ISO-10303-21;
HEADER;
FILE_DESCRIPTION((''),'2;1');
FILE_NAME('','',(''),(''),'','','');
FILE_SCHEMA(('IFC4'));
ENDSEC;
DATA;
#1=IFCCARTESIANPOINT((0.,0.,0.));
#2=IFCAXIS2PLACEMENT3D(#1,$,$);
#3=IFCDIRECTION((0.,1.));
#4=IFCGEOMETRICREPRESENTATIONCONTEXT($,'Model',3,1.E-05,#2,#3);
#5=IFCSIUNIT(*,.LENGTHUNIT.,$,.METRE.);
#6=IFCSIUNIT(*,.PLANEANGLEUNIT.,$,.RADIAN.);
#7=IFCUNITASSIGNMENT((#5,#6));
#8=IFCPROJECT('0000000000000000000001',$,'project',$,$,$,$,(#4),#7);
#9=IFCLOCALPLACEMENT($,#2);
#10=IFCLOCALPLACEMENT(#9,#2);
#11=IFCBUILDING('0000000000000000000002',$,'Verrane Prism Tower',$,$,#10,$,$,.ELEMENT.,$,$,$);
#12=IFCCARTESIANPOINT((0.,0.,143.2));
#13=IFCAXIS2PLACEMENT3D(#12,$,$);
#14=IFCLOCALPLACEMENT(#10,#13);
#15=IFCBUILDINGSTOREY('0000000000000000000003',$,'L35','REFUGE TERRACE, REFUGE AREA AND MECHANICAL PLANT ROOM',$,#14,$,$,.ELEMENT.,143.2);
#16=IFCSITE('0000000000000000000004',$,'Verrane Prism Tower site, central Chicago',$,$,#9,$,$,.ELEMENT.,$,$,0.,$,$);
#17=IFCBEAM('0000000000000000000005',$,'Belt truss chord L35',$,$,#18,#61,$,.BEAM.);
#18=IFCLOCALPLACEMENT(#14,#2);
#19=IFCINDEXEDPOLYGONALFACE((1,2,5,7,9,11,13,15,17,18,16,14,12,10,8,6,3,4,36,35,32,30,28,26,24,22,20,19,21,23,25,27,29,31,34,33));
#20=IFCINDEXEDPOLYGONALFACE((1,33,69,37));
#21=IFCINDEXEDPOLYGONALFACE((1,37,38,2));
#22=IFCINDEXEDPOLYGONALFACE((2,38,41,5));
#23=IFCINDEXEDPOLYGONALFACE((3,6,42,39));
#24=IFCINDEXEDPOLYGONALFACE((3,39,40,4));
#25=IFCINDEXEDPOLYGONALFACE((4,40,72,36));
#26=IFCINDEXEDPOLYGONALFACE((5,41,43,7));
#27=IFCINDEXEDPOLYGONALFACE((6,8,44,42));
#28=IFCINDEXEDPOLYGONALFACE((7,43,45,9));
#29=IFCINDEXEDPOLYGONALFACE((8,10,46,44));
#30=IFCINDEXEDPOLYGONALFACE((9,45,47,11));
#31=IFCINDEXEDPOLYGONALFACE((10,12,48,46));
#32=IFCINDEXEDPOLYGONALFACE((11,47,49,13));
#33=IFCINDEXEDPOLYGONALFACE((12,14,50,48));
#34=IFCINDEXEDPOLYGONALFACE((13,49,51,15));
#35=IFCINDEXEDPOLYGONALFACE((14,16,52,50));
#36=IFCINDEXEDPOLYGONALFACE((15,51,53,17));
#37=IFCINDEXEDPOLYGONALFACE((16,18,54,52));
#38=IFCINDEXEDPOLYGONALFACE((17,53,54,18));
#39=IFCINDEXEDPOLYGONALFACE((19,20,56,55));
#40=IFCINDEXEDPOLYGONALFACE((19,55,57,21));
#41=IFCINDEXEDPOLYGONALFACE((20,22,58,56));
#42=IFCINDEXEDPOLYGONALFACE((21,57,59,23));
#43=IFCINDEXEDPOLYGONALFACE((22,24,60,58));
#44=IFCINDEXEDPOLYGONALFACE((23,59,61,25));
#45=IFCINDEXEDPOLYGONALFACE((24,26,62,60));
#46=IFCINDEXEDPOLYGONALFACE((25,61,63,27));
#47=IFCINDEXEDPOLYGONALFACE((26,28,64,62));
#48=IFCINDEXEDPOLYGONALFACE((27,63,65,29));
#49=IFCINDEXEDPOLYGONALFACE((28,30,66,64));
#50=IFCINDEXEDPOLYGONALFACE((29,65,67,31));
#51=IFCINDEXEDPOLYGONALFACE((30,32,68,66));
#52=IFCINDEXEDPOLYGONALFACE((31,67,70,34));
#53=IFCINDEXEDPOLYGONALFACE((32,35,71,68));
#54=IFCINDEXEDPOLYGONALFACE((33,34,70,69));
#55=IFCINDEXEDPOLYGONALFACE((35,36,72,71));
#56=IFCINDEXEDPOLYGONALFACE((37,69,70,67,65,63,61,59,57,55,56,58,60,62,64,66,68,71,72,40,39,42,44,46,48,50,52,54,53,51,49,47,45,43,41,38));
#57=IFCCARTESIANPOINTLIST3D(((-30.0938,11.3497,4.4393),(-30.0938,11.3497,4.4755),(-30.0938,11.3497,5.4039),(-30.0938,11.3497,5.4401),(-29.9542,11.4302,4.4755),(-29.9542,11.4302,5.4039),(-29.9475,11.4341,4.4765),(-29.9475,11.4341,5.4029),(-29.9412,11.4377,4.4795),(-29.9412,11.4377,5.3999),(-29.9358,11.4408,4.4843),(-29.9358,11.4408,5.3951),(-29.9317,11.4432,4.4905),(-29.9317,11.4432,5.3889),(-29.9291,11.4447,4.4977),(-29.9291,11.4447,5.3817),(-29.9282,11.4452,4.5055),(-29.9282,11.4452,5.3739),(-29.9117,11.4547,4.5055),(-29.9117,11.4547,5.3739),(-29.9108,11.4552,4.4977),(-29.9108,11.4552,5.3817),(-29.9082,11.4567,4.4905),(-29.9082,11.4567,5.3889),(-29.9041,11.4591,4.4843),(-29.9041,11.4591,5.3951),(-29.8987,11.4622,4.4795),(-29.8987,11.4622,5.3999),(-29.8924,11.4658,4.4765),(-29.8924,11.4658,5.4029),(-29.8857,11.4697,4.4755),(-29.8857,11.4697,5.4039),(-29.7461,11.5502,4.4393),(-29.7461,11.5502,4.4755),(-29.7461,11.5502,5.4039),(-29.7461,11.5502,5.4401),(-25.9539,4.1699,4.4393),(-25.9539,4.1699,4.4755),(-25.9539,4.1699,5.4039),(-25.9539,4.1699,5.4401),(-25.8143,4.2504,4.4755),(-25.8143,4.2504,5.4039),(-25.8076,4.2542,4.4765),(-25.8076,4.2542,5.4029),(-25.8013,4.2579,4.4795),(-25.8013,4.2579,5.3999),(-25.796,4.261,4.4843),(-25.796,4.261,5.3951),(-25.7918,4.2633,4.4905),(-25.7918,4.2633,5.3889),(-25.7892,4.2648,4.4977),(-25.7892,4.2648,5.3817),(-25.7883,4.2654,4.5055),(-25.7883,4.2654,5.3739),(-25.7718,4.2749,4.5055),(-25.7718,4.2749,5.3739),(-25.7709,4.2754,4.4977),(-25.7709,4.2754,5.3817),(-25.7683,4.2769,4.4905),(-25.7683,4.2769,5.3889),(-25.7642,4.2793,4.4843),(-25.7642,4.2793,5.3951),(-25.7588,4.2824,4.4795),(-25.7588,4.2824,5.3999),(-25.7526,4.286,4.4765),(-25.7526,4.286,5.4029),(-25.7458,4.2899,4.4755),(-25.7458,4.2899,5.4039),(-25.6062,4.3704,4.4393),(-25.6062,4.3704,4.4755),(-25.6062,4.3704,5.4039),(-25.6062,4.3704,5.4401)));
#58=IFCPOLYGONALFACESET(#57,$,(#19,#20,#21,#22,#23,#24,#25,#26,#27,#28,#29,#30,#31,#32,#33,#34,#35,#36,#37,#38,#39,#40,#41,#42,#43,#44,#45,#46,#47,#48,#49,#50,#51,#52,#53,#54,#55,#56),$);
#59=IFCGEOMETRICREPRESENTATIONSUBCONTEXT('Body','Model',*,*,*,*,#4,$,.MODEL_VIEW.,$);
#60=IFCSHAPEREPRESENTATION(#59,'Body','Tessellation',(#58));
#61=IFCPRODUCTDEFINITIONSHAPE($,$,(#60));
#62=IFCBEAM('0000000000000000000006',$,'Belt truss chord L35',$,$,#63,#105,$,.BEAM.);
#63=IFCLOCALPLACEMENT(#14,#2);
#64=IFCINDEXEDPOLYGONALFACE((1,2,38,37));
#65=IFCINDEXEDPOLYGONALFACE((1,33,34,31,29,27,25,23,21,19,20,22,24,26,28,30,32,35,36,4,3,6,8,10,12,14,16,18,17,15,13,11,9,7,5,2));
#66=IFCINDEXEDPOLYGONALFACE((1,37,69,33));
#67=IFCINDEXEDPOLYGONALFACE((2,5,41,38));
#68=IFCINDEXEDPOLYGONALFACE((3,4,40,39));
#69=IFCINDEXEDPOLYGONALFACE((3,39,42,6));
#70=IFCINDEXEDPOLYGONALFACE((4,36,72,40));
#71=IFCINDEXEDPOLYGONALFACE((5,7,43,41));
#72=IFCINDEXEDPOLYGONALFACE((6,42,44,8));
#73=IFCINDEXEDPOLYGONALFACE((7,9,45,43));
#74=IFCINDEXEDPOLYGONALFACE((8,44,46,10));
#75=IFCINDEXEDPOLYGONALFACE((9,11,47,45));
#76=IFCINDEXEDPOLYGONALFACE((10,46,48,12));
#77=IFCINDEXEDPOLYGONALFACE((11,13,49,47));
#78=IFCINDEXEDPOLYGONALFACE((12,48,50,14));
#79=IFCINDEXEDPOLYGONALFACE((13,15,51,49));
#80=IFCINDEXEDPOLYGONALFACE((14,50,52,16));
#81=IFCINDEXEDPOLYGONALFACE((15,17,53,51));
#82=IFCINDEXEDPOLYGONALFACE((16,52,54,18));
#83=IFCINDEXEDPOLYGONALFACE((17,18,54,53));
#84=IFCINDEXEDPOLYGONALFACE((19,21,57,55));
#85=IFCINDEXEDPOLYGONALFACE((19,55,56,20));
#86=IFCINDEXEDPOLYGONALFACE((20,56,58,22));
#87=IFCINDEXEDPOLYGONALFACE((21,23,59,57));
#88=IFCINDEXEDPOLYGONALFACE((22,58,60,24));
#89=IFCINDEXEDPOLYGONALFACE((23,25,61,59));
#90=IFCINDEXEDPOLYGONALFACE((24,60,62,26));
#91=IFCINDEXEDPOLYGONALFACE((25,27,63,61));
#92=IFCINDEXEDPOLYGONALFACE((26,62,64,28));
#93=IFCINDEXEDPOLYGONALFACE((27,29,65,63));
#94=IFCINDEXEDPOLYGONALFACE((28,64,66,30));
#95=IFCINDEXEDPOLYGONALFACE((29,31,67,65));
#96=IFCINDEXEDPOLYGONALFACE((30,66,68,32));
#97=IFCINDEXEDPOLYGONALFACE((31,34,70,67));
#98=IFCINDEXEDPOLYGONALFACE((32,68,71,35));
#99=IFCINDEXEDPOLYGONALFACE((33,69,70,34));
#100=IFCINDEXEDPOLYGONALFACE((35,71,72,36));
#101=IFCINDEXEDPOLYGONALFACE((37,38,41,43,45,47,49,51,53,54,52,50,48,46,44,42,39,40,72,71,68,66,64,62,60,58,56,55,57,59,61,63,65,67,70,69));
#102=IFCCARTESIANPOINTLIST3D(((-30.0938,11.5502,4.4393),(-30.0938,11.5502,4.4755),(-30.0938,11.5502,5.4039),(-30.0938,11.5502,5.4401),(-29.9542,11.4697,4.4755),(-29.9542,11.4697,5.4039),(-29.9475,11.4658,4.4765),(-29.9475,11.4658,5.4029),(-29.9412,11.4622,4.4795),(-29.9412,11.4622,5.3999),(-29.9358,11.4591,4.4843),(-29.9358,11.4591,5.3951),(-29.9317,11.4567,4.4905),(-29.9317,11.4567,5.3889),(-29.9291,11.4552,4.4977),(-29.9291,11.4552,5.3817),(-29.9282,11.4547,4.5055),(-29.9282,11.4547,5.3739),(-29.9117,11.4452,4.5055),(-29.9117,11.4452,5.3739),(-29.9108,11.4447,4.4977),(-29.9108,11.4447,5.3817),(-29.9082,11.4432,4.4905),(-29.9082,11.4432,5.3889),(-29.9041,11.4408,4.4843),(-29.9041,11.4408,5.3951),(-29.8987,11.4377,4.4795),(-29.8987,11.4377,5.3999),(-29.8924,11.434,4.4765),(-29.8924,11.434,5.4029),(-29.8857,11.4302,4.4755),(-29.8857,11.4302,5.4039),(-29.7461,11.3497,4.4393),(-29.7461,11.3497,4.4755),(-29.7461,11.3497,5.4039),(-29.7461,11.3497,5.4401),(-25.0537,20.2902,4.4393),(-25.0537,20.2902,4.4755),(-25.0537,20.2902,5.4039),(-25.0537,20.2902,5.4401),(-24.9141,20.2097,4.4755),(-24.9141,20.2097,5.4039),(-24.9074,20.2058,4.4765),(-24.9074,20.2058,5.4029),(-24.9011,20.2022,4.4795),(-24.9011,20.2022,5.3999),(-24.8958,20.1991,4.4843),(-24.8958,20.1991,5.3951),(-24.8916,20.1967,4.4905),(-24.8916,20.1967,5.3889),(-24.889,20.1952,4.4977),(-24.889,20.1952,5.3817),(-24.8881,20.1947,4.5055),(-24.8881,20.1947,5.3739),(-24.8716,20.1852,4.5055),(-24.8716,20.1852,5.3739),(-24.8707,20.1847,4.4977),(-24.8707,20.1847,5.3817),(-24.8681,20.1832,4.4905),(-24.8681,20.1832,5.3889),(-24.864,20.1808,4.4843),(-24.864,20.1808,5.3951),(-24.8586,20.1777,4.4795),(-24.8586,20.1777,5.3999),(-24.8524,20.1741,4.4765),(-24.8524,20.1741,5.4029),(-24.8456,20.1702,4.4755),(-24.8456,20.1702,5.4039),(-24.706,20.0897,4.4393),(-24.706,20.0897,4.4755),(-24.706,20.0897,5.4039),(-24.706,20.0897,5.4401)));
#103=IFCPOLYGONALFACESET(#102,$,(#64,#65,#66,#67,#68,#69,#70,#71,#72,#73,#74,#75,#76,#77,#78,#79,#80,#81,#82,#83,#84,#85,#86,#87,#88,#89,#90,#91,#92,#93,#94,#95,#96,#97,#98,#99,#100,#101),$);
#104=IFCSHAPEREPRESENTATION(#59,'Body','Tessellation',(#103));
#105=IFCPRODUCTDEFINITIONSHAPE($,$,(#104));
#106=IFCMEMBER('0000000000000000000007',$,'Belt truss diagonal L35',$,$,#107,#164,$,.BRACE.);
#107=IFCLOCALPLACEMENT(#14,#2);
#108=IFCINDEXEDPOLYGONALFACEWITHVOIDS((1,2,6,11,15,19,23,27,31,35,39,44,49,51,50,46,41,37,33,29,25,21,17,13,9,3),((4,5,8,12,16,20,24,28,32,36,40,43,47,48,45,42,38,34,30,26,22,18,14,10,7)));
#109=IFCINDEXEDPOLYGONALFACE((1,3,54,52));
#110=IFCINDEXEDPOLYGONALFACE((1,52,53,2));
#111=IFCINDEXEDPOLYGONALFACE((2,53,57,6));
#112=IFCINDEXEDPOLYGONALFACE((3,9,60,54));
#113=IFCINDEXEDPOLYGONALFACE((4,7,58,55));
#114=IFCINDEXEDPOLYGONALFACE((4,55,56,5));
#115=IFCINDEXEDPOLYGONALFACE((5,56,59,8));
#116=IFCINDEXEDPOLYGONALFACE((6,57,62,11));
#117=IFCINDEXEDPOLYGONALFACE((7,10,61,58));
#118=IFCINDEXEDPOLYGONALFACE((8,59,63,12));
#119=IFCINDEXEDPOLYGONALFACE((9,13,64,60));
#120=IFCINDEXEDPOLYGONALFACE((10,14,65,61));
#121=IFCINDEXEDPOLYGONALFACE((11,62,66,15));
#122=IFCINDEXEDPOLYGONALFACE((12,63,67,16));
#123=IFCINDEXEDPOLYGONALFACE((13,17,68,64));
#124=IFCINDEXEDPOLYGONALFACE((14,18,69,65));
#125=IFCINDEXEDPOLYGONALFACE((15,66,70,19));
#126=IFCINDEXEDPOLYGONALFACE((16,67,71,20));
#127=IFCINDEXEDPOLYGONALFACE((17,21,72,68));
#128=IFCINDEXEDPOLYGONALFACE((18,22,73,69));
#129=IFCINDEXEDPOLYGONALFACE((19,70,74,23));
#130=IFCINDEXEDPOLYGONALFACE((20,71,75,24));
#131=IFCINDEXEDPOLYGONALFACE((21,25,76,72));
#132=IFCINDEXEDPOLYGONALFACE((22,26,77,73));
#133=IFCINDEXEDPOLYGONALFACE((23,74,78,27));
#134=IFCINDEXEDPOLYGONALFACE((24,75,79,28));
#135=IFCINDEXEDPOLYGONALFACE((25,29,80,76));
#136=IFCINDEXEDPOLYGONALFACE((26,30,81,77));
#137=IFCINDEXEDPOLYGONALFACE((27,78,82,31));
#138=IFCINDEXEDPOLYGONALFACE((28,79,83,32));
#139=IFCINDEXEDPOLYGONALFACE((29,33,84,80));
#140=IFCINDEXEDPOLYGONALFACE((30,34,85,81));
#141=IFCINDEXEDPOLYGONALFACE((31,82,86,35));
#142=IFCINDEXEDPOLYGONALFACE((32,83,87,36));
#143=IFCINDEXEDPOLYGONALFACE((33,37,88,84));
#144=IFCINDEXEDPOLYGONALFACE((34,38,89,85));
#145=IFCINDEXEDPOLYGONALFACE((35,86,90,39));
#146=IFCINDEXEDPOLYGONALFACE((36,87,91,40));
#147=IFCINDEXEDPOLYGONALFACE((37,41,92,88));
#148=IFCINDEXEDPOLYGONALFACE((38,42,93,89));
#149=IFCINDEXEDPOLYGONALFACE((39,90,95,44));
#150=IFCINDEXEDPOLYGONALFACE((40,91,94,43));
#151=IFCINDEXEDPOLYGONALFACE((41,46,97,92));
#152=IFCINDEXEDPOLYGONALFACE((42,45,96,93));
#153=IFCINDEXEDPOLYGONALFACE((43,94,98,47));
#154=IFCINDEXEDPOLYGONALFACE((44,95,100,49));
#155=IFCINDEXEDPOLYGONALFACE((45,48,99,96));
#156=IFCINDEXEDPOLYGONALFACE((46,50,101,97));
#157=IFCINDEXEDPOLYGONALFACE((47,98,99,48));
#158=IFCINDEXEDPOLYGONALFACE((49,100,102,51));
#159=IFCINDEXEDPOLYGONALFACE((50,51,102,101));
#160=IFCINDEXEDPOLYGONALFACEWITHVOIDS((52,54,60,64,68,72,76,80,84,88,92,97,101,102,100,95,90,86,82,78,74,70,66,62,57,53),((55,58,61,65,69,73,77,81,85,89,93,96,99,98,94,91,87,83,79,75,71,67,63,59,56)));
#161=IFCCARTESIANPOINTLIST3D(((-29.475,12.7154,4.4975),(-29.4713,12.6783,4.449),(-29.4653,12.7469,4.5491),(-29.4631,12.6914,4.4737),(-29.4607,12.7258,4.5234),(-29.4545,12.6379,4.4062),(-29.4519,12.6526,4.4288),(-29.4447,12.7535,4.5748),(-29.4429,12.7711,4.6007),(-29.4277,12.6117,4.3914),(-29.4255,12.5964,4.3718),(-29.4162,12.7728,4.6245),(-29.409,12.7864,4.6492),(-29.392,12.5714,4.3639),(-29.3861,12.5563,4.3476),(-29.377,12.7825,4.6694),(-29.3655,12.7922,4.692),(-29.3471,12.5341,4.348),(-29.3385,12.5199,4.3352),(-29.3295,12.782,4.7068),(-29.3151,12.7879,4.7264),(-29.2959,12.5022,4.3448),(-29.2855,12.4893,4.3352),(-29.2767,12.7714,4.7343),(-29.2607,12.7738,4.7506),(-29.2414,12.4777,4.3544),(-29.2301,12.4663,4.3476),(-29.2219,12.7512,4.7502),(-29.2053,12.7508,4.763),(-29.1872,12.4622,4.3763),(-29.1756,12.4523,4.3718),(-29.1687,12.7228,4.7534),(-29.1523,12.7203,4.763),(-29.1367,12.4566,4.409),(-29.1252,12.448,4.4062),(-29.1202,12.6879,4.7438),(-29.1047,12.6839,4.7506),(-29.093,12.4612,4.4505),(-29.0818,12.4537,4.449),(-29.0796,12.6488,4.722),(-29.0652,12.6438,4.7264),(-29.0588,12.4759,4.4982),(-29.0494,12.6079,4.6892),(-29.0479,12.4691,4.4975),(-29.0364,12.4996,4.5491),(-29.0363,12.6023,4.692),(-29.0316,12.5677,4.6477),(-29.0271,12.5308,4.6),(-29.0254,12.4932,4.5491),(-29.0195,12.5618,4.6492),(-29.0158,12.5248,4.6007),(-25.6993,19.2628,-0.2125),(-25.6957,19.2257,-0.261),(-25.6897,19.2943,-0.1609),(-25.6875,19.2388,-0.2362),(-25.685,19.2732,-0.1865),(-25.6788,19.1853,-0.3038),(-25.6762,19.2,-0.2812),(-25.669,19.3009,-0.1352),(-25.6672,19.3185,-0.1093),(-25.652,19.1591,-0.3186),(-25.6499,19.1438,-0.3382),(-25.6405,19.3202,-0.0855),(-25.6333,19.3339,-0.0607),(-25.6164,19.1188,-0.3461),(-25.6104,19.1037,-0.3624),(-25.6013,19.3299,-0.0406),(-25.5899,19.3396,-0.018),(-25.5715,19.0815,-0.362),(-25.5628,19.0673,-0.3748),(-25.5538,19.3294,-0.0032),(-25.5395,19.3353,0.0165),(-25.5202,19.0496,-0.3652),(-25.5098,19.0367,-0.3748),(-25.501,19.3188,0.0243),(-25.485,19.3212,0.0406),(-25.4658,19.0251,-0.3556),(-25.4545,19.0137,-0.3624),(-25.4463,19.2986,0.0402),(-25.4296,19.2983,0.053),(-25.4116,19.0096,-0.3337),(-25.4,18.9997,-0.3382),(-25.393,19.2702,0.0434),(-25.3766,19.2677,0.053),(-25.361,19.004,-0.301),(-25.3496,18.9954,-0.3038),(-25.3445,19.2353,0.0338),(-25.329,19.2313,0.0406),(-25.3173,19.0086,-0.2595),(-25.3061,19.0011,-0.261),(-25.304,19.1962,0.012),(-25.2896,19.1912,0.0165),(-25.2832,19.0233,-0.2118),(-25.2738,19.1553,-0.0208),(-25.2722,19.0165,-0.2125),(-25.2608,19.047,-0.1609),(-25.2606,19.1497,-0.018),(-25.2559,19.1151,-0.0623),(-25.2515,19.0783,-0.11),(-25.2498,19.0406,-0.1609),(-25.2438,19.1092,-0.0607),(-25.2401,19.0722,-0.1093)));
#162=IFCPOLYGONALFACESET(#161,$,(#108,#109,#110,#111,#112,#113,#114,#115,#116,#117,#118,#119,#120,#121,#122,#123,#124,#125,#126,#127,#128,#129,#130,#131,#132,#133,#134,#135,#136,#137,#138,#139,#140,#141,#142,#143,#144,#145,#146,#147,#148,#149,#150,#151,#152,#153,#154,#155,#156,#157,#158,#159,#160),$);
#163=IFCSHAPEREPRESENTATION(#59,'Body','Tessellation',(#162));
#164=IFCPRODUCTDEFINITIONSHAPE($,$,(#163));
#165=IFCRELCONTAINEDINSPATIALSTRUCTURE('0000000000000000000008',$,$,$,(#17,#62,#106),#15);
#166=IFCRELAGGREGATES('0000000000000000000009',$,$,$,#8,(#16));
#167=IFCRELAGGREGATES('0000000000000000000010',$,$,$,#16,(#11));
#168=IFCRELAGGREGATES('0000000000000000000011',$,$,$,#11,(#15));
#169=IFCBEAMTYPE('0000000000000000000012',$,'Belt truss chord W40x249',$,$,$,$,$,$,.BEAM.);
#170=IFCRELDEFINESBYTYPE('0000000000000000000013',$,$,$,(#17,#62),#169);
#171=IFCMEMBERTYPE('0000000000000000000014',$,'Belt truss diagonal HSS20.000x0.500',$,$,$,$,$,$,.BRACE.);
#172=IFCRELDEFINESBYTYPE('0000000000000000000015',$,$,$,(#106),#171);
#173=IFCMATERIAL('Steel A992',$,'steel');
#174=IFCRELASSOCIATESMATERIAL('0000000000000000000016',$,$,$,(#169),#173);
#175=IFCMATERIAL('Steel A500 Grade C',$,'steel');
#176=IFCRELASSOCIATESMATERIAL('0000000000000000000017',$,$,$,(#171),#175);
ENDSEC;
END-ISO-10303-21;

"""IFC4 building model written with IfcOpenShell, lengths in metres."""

from ifc_helpers import new_model, si_unit, direction, frame, origin, origin_2d, place, context, subcontext, project, spatial, hollow_circle, i_section, extrude, material, material_profile, profile_set, type_object, element, save


model = new_model("IFC4")

# Units and contexts
model_context = context("Model", 3, precision=1e-05, world=origin(), true_north=direction((0.0, 1.0)))
body_context = subcontext(model_context, "Body", "Model", "MODEL_VIEW")
ifc_project = project(units=[si_unit("LENGTHUNIT", "METRE"), si_unit("PLANEANGLEUNIT", "RADIAN")], contexts=[model_context])

# Site, building, storey
site_placement = place(None, origin())
site = spatial("IfcSite", under=ifc_project, at=site_placement, Name="Verrane Prism Tower site, central Chicago", CompositionType="ELEMENT", RefElevation=0.0)
building_placement = place(site_placement, origin())
building = spatial("IfcBuilding", under=site, at=building_placement, Name="Verrane Prism Tower", CompositionType="ELEMENT")
storey_placement = place(building_placement, frame((0.0, 0.0, 143.2)))
storey = spatial("IfcBuildingStorey", under=building, at=storey_placement, Name="L35", Description="REFUGE TERRACE, REFUGE AREA AND MECHANICAL PLANT ROOM", CompositionType="ELEMENT", Elevation=143.2)

# Beams
ifc_material_1 = material(Name="Steel A992", Category="steel")
ifc_material_profile_1 = material_profile(ifc_material_1, i_section(OverallWidth=0.4014, OverallDepth=1.0007, WebThickness=0.019, FlangeThickness=0.0361, FilletRadius=0.03, at=origin_2d()), Name="W40x249")
ifc_profile_set_1 = profile_set([ifc_material_profile_1], Name="Steel A992")
beam_type_1 = type_object("IfcBeamType", Name="Belt truss chord W40x249", PredefinedType="BEAM", material=ifc_profile_set_1)
beam_1_placement = place(storey_placement, frame((-29.9199, 11.45, 4.9397), z_axis=(0.499507, -0.86631, 0.0), x_axis=(0.86631, 0.499507, 0.0)))
element("IfcBeam", 1, at=beam_1_placement, inside=storey, type_object=beam_type_1, Name="Belt truss chord L35", PredefinedType="BEAM", context=body_context, shape_type="SweptSolid", body=[
    extrude(i_section(OverallWidth=0.4014, OverallDepth=1.0007, WebThickness=0.019, FlangeThickness=0.0361, FilletRadius=0.03, at=origin_2d()), origin(), (0.0, 0.0, 1.0), 8.2878),
])
beam_2_placement = place(storey_placement, frame((-24.8799, 20.1899, 4.9397), z_axis=(-0.499554, -0.866283, 0.0), x_axis=(0.866283, -0.499554, 0.0)))
element("IfcBeam", 2, at=beam_2_placement, inside=storey, type_object=beam_type_1, Name="Belt truss chord L35", PredefinedType="BEAM", context=body_context, shape_type="SweptSolid", body=[
    extrude(i_section(OverallWidth=0.4014, OverallDepth=1.0007, WebThickness=0.019, FlangeThickness=0.0361, FilletRadius=0.03, at=origin_2d()), origin(), (0.0, 0.0, 1.0), 10.0891),
])

# Member
ifc_material_2 = material(Name="Steel A500 Grade C", Category="steel")
ifc_material_profile_2 = material_profile(ifc_material_2, hollow_circle(Radius=0.2539, WallThickness=0.0127, at=origin_2d()), Name="HSS20.000x0.500")
ifc_profile_set_2 = profile_set([ifc_material_profile_2], Name="Steel A500 Grade C")
member_type_1 = type_object("IfcMemberType", Name="Belt truss diagonal HSS20.000x0.500", PredefinedType="BRACE", material=ifc_profile_set_2)
member_1_placement = place(storey_placement, frame((-25.4697, 19.1675, -0.1609), z_axis=(-0.423969, -0.735208, 0.528885), x_axis=(0.866282, -0.499555, 0.0)))
element("IfcMember", 3, at=member_1_placement, inside=storey, type_object=member_type_1, Name="Belt truss diagonal L35", PredefinedType="BRACE", context=body_context, shape_type="SweptSolid", body=[
    extrude(hollow_circle(Radius=0.2539, WallThickness=0.0127, at=origin_2d()), origin(), (0.0, 0.0, 1.0), 8.9055),
])

save(model, "model.ifc")
